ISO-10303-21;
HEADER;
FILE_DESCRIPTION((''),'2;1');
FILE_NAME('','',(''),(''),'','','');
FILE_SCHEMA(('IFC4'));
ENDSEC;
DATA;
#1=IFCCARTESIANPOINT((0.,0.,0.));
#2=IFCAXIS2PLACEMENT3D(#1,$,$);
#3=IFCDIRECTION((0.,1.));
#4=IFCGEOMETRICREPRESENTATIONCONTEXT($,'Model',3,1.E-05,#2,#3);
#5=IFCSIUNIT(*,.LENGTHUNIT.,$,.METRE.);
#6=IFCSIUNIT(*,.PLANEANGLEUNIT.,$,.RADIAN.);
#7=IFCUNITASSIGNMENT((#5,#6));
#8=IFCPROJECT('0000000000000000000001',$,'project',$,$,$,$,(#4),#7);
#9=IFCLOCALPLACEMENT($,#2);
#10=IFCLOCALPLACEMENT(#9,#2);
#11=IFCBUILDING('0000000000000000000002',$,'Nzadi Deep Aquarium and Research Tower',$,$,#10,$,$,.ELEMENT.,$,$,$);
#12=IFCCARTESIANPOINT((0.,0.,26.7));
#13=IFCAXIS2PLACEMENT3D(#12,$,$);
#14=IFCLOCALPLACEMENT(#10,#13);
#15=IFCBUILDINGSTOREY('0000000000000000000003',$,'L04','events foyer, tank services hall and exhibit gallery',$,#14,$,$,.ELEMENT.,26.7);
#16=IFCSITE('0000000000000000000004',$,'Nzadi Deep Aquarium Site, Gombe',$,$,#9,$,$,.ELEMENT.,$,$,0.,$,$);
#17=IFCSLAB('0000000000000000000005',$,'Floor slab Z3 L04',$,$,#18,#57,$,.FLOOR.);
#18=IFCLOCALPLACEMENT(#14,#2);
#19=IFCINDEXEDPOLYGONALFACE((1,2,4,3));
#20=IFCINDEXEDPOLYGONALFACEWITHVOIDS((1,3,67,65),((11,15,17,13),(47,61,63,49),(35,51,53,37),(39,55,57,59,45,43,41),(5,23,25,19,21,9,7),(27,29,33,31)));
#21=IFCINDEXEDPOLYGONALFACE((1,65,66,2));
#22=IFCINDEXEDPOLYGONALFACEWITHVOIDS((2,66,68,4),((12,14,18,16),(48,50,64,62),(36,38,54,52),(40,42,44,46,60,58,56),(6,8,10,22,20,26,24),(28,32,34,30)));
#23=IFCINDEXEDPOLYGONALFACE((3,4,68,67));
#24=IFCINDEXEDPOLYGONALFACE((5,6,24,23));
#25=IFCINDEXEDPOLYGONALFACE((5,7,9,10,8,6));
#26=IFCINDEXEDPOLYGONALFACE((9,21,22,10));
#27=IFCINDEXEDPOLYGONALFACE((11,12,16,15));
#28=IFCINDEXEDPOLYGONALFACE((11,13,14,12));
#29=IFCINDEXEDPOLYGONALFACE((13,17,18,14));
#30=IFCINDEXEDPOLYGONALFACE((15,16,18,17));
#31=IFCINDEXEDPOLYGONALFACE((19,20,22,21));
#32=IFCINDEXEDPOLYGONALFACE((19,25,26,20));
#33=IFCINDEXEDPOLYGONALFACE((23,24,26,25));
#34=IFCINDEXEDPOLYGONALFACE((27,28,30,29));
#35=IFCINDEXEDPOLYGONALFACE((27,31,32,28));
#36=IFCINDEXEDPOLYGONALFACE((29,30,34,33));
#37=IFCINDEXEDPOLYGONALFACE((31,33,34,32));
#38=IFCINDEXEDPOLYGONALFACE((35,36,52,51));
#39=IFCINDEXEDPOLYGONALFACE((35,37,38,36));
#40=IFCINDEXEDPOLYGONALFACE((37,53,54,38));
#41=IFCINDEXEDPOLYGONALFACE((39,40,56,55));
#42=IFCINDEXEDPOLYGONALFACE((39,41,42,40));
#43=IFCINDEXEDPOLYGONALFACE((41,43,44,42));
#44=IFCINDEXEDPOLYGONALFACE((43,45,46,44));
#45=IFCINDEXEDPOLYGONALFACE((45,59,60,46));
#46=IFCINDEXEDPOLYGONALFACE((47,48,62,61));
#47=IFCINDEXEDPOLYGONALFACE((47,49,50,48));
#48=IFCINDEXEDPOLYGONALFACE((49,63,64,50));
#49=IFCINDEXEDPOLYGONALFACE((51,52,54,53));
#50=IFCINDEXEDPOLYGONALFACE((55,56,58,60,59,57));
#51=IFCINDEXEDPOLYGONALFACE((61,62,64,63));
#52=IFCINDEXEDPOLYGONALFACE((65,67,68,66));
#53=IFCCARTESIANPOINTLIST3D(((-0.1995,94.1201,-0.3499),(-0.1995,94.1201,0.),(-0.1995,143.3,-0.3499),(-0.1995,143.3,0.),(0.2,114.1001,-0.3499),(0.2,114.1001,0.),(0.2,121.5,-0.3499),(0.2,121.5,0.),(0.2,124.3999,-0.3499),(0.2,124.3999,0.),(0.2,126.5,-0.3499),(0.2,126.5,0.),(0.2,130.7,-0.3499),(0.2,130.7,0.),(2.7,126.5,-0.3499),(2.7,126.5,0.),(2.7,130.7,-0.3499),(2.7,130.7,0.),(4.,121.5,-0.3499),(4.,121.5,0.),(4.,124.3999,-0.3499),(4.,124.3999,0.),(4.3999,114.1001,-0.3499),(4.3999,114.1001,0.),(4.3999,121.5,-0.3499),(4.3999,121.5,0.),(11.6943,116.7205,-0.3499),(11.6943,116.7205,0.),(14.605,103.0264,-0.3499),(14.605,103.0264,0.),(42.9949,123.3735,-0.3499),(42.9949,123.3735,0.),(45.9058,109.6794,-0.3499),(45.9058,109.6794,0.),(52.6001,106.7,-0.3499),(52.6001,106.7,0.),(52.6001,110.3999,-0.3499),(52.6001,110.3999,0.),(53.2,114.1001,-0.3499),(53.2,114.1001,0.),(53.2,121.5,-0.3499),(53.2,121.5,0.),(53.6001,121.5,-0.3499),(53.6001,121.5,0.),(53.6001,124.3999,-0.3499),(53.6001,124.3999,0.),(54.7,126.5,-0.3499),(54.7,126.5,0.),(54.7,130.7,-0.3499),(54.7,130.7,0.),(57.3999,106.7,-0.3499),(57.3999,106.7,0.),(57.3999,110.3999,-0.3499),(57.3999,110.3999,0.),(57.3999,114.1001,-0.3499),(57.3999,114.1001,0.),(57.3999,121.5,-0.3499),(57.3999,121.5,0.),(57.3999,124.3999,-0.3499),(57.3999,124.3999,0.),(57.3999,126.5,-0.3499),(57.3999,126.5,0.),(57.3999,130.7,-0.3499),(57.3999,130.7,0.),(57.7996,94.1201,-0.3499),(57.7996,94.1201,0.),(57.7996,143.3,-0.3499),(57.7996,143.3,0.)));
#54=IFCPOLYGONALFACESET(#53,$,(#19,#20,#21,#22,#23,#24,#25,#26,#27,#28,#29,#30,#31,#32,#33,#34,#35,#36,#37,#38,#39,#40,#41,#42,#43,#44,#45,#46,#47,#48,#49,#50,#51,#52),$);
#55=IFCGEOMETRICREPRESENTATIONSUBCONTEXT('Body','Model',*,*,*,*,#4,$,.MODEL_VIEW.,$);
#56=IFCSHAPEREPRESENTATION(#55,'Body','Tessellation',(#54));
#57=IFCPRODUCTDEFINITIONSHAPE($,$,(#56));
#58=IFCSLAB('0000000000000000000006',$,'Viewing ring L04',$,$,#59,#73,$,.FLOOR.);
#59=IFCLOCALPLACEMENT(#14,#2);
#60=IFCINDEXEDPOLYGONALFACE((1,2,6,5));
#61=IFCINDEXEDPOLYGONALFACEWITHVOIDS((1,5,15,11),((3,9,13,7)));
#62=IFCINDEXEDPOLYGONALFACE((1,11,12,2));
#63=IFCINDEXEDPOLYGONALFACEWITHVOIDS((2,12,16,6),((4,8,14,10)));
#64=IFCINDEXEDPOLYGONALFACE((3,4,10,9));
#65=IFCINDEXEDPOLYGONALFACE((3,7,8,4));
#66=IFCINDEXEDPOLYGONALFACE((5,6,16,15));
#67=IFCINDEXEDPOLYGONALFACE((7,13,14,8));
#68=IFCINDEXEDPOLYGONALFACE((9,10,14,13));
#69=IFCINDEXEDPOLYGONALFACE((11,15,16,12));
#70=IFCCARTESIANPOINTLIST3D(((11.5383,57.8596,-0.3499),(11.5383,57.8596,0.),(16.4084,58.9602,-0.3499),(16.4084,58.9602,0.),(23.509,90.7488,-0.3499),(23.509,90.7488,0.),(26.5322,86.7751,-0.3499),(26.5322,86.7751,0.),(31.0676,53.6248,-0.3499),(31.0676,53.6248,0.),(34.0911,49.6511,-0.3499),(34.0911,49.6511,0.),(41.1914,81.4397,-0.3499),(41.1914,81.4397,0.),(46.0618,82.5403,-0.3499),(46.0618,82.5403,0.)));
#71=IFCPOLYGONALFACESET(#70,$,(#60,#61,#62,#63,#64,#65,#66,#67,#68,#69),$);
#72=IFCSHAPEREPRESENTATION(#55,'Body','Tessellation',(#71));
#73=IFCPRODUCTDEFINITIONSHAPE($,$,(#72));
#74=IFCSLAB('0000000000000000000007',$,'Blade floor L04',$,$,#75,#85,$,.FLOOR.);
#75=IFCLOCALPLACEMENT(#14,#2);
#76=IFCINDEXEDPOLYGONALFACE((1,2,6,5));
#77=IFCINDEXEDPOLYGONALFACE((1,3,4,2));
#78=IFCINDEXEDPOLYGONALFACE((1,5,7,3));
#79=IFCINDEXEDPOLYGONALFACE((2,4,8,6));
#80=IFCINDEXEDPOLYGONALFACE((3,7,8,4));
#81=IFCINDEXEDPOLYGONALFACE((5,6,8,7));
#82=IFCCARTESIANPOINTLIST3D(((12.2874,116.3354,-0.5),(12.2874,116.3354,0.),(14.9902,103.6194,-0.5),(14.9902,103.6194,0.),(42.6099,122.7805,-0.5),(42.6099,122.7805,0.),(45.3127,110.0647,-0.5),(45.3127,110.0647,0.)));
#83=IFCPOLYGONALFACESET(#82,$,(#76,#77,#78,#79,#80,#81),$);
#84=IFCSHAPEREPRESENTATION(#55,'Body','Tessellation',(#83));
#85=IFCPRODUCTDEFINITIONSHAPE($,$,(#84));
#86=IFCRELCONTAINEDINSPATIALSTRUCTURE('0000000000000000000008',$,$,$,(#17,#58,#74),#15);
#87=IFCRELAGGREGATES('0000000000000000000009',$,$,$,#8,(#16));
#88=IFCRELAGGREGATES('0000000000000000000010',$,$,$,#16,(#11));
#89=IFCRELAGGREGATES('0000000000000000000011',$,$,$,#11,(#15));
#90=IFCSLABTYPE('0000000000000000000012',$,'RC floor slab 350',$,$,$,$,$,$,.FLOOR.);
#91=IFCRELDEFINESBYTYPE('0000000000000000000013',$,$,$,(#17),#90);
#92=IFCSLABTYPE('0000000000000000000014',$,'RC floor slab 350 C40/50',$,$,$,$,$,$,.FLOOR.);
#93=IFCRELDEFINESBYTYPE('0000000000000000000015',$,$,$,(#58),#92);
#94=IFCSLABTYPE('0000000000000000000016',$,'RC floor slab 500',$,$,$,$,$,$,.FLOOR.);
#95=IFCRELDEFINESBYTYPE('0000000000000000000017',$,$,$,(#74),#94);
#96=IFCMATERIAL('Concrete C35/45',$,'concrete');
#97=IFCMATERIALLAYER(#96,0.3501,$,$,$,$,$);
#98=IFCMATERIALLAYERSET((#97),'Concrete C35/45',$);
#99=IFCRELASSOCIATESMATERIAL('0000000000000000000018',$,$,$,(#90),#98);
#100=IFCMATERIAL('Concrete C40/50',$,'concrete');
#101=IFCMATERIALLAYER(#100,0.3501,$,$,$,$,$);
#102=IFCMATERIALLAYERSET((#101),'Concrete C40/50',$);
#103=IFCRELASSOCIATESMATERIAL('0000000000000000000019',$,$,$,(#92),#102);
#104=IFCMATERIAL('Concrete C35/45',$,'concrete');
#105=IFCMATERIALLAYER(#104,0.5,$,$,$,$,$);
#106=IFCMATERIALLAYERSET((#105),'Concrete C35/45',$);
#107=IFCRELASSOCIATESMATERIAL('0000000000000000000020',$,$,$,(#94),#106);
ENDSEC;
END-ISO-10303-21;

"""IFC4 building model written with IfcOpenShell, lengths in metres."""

from ifc_helpers import new_model, si_unit, direction, frame, origin, place, context, subcontext, project, spatial, polyline, outline, extrude, material, layer, layer_set, type_object, element, save


model = new_model("IFC4")

# Units and contexts
model_context = context("Model", 3, precision=1e-05, world=origin(), true_north=direction((0.0, 1.0)))
body_context = subcontext(model_context, "Body", "Model", "MODEL_VIEW")
ifc_project = project(units=[si_unit("LENGTHUNIT", "METRE"), si_unit("PLANEANGLEUNIT", "RADIAN")], contexts=[model_context])

# Site, building, storey
site_placement = place(None, origin())
site = spatial("IfcSite", under=ifc_project, at=site_placement, Name="Nzadi Deep Aquarium Site, Gombe", CompositionType="ELEMENT", RefElevation=0.0)
building_placement = place(site_placement, origin())
building = spatial("IfcBuilding", under=site, at=building_placement, Name="Nzadi Deep Aquarium and Research Tower", CompositionType="ELEMENT")
storey_placement = place(building_placement, frame((0.0, 0.0, 26.7)))
storey = spatial("IfcBuildingStorey", under=building, at=storey_placement, Name="L04", Description="events foyer, tank services hall and exhibit gallery", CompositionType="ELEMENT", Elevation=26.7)

# Slabs
ifc_material_1 = material(Name="Concrete C35/45", Category="concrete")
ifc_layer_1 = layer(ifc_material_1, 0.3501)
ifc_layer_set_1 = layer_set([ifc_layer_1], Name="Concrete C35/45")
slab_type_1 = type_object("IfcSlabType", Name="RC floor slab 350", PredefinedType="FLOOR", material=ifc_layer_set_1)
slab_1_placement = place(storey_placement, frame((0.0, 0.0, -0.3499)))
element("IfcSlab", 1, at=slab_1_placement, inside=storey, type_object=slab_type_1, Name="Floor slab Z3 L04", PredefinedType="FLOOR", context=body_context, shape_type="SweptSolid", body=[
    extrude(outline(polyline([(57.7996, 94.1201), (57.7996, 143.3), (-0.1995, 143.3), (-0.1995, 94.1201), (57.7996, 94.1201)]), holes=[polyline([(0.2, 124.3999), (4.0, 124.3999), (4.0, 121.5), (4.3999, 121.5), (4.3999, 114.1001), (0.2, 114.1001), (0.2, 121.5), (0.2, 124.3999)]), polyline([(53.6001, 124.3999), (57.3999, 124.3999), (57.3999, 121.5), (57.3999, 114.1001), (53.2, 114.1001), (53.2, 121.5), (53.6001, 121.5), (53.6001, 124.3999)]), polyline([(57.3999, 106.7), (52.6001, 106.7), (52.6001, 110.3999), (57.3999, 110.3999), (57.3999, 106.7)]), polyline([(0.2, 126.5), (0.2, 130.7), (2.7, 130.7), (2.7, 126.5), (0.2, 126.5)]), polyline([(54.7, 130.7), (57.3999, 130.7), (57.3999, 126.5), (54.7, 126.5), (54.7, 130.7)]), polyline([(45.9058, 109.6794), (14.605, 103.0264), (11.6943, 116.7205), (42.9949, 123.3735), (45.9058, 109.6794)])]), origin(), (0.0, 0.0, 1.0), 0.3499),
])
ifc_material_2 = material(Name="Concrete C40/50", Category="concrete")
ifc_layer_2 = layer(ifc_material_2, 0.3501)
ifc_layer_set_2 = layer_set([ifc_layer_2], Name="Concrete C40/50")
slab_type_2 = type_object("IfcSlabType", Name="RC floor slab 350 C40/50", PredefinedType="FLOOR", material=ifc_layer_set_2)
slab_2_placement = place(storey_placement, frame((0.0, 0.0, -0.3499)))
element("IfcSlab", 2, at=slab_2_placement, inside=storey, type_object=slab_type_2, Name="Viewing ring L04", PredefinedType="FLOOR", context=body_context, shape_type="SweptSolid", body=[
    extrude(outline(polyline([(23.509, 90.7488), (11.5383, 57.8596), (34.0911, 49.6511), (46.0618, 82.5403), (23.509, 90.7488)]), holes=[polyline([(31.0676, 53.6248), (16.4084, 58.9602), (26.5322, 86.7751), (41.1914, 81.4397), (31.0676, 53.6248)])]), origin(), (0.0, 0.0, 1.0), 0.3499),
])
ifc_material_3 = material(Name="Concrete C35/45", Category="concrete")
ifc_layer_3 = layer(ifc_material_3, 0.5)
ifc_layer_set_3 = layer_set([ifc_layer_3], Name="Concrete C35/45")
slab_type_3 = type_object("IfcSlabType", Name="RC floor slab 500", PredefinedType="FLOOR", material=ifc_layer_set_3)
slab_3_placement = place(storey_placement, frame((0.0, 0.0, -0.5)))
element("IfcSlab", 3, at=slab_3_placement, inside=storey, type_object=slab_type_3, Name="Blade floor L04", PredefinedType="FLOOR", context=body_context, shape_type="SweptSolid", body=[
    extrude(outline(polyline([(14.9902, 103.6194), (45.3127, 110.0647), (42.6099, 122.7805), (12.2874, 116.3354), (14.9902, 103.6194)])), origin(), (0.0, 0.0, 1.0), 0.5),
])

save(model, "model.ifc")
